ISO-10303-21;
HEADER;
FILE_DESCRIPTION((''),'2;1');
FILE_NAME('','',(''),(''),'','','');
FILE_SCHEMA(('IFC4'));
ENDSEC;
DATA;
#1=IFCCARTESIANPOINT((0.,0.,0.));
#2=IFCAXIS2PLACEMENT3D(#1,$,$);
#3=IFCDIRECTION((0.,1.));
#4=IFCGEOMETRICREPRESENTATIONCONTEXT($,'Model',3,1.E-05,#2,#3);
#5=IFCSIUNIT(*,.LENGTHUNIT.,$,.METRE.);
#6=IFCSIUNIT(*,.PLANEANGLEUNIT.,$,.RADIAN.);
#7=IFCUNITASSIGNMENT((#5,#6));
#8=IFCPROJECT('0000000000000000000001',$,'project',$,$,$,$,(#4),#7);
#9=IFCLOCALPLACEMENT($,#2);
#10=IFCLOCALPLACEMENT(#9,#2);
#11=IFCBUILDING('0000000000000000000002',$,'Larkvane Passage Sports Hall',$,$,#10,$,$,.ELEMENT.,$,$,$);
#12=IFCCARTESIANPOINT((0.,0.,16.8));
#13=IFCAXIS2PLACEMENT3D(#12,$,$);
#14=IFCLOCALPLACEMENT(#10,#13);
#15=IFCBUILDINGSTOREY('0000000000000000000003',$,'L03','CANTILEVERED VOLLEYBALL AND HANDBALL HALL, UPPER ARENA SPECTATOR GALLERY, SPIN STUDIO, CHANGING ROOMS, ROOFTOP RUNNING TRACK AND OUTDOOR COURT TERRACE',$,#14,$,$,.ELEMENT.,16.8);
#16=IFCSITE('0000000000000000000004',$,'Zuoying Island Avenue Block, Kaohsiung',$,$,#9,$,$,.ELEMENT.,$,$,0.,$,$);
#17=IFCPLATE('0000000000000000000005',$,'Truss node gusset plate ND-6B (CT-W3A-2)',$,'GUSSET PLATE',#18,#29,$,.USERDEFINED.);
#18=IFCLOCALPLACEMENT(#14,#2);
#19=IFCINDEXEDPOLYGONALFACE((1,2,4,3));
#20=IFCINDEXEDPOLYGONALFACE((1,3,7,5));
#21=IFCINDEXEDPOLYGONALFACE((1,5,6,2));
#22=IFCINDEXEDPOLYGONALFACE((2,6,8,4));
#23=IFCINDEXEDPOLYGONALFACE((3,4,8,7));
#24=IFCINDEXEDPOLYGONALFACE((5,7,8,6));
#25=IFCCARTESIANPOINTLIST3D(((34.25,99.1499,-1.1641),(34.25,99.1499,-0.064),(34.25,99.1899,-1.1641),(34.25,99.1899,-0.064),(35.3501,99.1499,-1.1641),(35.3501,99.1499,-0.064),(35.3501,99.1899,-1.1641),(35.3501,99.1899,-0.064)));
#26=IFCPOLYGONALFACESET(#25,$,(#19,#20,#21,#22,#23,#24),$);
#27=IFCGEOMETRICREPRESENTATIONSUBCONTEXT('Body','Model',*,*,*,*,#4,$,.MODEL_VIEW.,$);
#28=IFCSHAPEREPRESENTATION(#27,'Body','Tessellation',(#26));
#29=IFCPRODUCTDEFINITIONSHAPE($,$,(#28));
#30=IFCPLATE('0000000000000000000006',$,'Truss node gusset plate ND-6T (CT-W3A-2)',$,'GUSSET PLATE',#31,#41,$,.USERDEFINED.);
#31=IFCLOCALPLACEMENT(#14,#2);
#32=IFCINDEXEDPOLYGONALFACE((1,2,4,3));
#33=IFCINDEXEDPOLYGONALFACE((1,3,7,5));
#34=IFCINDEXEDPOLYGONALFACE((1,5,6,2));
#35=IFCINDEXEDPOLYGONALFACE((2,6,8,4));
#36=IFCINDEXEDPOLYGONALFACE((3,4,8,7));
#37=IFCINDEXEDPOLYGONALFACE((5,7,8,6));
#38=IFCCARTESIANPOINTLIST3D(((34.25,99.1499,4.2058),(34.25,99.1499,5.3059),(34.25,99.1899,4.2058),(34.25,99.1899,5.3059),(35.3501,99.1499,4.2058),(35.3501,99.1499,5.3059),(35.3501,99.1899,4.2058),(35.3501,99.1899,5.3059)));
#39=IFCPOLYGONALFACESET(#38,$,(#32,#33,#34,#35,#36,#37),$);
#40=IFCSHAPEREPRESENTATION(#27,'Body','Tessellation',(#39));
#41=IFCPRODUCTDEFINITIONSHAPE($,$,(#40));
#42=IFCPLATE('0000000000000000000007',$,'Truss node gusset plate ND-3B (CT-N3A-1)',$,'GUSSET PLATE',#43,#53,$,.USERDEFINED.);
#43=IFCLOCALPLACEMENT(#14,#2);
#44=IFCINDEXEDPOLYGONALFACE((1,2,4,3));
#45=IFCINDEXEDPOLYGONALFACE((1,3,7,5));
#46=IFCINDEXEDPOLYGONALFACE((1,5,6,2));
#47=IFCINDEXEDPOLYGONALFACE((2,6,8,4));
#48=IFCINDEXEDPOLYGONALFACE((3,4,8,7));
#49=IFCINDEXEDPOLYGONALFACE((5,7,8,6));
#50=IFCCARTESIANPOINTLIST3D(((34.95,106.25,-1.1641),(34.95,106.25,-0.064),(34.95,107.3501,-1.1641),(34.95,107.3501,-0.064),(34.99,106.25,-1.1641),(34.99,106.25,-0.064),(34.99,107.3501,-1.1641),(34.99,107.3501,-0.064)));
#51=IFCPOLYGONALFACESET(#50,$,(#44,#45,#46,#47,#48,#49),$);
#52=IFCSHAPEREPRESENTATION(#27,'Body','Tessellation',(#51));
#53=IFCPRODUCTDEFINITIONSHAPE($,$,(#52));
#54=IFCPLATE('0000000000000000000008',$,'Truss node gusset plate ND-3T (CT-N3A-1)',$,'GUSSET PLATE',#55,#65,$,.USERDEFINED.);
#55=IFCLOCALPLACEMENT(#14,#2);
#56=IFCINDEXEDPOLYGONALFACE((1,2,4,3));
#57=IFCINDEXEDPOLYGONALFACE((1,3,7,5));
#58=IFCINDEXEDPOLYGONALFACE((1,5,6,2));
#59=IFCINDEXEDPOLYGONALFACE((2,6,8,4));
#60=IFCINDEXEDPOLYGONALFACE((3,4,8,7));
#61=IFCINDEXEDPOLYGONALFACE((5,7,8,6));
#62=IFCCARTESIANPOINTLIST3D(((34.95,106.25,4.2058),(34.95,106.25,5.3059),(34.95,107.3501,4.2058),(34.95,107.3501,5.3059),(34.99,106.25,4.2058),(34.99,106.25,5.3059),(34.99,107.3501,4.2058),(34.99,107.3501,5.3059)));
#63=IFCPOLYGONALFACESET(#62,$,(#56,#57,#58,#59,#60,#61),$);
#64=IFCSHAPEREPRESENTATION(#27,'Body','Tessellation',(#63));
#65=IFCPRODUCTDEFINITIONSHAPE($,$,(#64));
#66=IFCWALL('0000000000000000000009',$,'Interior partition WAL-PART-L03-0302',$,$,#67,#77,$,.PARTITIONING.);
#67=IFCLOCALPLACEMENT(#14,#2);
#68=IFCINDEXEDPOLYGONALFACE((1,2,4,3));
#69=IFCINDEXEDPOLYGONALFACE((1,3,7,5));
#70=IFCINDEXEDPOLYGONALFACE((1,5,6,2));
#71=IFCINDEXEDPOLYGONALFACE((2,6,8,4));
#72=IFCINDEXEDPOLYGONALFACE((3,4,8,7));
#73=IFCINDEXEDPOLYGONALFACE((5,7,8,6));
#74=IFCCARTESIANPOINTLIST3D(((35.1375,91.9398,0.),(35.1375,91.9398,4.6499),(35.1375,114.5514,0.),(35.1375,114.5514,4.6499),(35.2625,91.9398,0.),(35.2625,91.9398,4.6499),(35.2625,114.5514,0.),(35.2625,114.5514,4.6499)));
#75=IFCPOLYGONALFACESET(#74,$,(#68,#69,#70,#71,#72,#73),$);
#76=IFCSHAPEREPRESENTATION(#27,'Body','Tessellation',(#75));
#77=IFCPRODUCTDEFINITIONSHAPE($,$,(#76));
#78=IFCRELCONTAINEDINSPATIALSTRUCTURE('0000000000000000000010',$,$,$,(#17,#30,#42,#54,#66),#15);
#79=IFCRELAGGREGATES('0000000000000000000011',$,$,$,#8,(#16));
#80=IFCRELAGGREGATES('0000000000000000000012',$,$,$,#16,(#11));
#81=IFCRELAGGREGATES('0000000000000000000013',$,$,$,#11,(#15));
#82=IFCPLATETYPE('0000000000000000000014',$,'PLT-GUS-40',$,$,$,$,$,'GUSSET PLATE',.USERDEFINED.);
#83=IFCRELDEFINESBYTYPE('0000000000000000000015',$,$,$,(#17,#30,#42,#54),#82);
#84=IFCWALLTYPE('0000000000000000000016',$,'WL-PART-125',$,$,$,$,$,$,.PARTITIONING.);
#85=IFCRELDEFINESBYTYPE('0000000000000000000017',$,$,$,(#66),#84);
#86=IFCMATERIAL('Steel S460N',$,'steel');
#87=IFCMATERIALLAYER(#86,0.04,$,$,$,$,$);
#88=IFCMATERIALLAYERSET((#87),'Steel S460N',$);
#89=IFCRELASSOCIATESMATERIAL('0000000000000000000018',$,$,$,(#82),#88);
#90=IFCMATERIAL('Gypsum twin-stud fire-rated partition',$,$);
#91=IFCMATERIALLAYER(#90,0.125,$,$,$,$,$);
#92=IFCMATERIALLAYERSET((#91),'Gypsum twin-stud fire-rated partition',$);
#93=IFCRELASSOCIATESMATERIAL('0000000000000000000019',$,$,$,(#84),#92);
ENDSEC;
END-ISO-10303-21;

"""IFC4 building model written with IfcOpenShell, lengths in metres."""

from ifc_helpers import new_model, si_unit, direction, frame, frame_2d, origin, origin_2d, place, context, subcontext, project, spatial, rectangle, extrude, material, layer, layer_set, type_object, element, save


model = new_model("IFC4")

# Units and contexts
model_context = context("Model", 3, precision=1e-05, world=origin(), true_north=direction((0.0, 1.0)))
body_context = subcontext(model_context, "Body", "Model", "MODEL_VIEW")
ifc_project = project(units=[si_unit("LENGTHUNIT", "METRE"), si_unit("PLANEANGLEUNIT", "RADIAN")], contexts=[model_context])

# Site, building, storey
site_placement = place(None, origin())
site = spatial("IfcSite", under=ifc_project, at=site_placement, Name="Zuoying Island Avenue Block, Kaohsiung", CompositionType="ELEMENT", RefElevation=0.0)
building_placement = place(site_placement, origin())
building = spatial("IfcBuilding", under=site, at=building_placement, Name="Larkvane Passage Sports Hall", CompositionType="ELEMENT")
storey_placement = place(building_placement, frame((0.0, 0.0, 16.8)))
storey = spatial("IfcBuildingStorey", under=building, at=storey_placement, Name="L03", Description="CANTILEVERED VOLLEYBALL AND HANDBALL HALL, UPPER ARENA SPECTATOR GALLERY, SPIN STUDIO, CHANGING ROOMS, ROOFTOP RUNNING TRACK AND OUTDOOR COURT TERRACE", CompositionType="ELEMENT", Elevation=16.8)

# Shared definitions
ifc_material_1 = material(Name="Steel S460N", Category="steel")

# Plates
ifc_layer_1 = layer(ifc_material_1, 0.04)
ifc_layer_set_1 = layer_set([ifc_layer_1], Name="Steel S460N")
plate_type_1 = type_object("IfcPlateType", Name="PLT-GUS-40", ElementType="GUSSET PLATE", PredefinedType="USERDEFINED", material=ifc_layer_set_1)
for number, where, z_axis, x_axis, name in (
    (1, (34.8, 99.1699, -1.1641), (0.0, 0.0, 1.0), (1.0, 0.0, 0.0), "Truss node gusset plate ND-6B (CT-W3A-2)"),
    (2, (34.8, 99.1699, 4.2058), (0.0, 0.0, 1.0), (1.0, 0.0, 0.0), "Truss node gusset plate ND-6T (CT-W3A-2)"),
    (3, (34.97, 106.8, -1.1641), (0.0, 0.0, 1.0), (0.0, 1.0, 0.0), "Truss node gusset plate ND-3B (CT-N3A-1)"),
    (4, (34.97, 106.8, 4.2058), (0.0, 0.0, 1.0), (0.0, 1.0, 0.0), "Truss node gusset plate ND-3T (CT-N3A-1)"),
):
    element("IfcPlate", number, at=place(storey_placement, frame(where, z_axis=z_axis, x_axis=x_axis)), inside=storey, type_object=plate_type_1, Name=name, ObjectType="GUSSET PLATE", PredefinedType="USERDEFINED", context=body_context, shape_type="SweptSolid", body=[
        extrude(rectangle(XDim=1.1001, YDim=0.04, at=origin_2d()), origin(), (0.0, 0.0, 1.0), 1.1001),
    ])

# Wall
ifc_material_2 = material(Name="Gypsum twin-stud fire-rated partition")
ifc_layer_2 = layer(ifc_material_2, 0.125)
ifc_layer_set_2 = layer_set([ifc_layer_2], Name="Gypsum twin-stud fire-rated partition")
wall_type = type_object("IfcWallType", Name="WL-PART-125", PredefinedType="PARTITIONING", material=ifc_layer_set_2)
wall_placement = place(storey_placement, frame((35.2, 91.9399, 0.0), z_axis=(0.0, 0.0, 1.0), x_axis=(0.0, 1.0, 0.0)))
element("IfcWall", 5, at=wall_placement, inside=storey, type_object=wall_type, Name="Interior partition WAL-PART-L03-0302", PredefinedType="PARTITIONING", context=body_context, shape_type="SweptSolid", body=[
    extrude(rectangle(XDim=22.6116, YDim=0.125, at=frame_2d((11.3057, 0.0))), origin(), (0.0, 0.0, 1.0), 4.6499),
])

save(model, "model.ifc")
